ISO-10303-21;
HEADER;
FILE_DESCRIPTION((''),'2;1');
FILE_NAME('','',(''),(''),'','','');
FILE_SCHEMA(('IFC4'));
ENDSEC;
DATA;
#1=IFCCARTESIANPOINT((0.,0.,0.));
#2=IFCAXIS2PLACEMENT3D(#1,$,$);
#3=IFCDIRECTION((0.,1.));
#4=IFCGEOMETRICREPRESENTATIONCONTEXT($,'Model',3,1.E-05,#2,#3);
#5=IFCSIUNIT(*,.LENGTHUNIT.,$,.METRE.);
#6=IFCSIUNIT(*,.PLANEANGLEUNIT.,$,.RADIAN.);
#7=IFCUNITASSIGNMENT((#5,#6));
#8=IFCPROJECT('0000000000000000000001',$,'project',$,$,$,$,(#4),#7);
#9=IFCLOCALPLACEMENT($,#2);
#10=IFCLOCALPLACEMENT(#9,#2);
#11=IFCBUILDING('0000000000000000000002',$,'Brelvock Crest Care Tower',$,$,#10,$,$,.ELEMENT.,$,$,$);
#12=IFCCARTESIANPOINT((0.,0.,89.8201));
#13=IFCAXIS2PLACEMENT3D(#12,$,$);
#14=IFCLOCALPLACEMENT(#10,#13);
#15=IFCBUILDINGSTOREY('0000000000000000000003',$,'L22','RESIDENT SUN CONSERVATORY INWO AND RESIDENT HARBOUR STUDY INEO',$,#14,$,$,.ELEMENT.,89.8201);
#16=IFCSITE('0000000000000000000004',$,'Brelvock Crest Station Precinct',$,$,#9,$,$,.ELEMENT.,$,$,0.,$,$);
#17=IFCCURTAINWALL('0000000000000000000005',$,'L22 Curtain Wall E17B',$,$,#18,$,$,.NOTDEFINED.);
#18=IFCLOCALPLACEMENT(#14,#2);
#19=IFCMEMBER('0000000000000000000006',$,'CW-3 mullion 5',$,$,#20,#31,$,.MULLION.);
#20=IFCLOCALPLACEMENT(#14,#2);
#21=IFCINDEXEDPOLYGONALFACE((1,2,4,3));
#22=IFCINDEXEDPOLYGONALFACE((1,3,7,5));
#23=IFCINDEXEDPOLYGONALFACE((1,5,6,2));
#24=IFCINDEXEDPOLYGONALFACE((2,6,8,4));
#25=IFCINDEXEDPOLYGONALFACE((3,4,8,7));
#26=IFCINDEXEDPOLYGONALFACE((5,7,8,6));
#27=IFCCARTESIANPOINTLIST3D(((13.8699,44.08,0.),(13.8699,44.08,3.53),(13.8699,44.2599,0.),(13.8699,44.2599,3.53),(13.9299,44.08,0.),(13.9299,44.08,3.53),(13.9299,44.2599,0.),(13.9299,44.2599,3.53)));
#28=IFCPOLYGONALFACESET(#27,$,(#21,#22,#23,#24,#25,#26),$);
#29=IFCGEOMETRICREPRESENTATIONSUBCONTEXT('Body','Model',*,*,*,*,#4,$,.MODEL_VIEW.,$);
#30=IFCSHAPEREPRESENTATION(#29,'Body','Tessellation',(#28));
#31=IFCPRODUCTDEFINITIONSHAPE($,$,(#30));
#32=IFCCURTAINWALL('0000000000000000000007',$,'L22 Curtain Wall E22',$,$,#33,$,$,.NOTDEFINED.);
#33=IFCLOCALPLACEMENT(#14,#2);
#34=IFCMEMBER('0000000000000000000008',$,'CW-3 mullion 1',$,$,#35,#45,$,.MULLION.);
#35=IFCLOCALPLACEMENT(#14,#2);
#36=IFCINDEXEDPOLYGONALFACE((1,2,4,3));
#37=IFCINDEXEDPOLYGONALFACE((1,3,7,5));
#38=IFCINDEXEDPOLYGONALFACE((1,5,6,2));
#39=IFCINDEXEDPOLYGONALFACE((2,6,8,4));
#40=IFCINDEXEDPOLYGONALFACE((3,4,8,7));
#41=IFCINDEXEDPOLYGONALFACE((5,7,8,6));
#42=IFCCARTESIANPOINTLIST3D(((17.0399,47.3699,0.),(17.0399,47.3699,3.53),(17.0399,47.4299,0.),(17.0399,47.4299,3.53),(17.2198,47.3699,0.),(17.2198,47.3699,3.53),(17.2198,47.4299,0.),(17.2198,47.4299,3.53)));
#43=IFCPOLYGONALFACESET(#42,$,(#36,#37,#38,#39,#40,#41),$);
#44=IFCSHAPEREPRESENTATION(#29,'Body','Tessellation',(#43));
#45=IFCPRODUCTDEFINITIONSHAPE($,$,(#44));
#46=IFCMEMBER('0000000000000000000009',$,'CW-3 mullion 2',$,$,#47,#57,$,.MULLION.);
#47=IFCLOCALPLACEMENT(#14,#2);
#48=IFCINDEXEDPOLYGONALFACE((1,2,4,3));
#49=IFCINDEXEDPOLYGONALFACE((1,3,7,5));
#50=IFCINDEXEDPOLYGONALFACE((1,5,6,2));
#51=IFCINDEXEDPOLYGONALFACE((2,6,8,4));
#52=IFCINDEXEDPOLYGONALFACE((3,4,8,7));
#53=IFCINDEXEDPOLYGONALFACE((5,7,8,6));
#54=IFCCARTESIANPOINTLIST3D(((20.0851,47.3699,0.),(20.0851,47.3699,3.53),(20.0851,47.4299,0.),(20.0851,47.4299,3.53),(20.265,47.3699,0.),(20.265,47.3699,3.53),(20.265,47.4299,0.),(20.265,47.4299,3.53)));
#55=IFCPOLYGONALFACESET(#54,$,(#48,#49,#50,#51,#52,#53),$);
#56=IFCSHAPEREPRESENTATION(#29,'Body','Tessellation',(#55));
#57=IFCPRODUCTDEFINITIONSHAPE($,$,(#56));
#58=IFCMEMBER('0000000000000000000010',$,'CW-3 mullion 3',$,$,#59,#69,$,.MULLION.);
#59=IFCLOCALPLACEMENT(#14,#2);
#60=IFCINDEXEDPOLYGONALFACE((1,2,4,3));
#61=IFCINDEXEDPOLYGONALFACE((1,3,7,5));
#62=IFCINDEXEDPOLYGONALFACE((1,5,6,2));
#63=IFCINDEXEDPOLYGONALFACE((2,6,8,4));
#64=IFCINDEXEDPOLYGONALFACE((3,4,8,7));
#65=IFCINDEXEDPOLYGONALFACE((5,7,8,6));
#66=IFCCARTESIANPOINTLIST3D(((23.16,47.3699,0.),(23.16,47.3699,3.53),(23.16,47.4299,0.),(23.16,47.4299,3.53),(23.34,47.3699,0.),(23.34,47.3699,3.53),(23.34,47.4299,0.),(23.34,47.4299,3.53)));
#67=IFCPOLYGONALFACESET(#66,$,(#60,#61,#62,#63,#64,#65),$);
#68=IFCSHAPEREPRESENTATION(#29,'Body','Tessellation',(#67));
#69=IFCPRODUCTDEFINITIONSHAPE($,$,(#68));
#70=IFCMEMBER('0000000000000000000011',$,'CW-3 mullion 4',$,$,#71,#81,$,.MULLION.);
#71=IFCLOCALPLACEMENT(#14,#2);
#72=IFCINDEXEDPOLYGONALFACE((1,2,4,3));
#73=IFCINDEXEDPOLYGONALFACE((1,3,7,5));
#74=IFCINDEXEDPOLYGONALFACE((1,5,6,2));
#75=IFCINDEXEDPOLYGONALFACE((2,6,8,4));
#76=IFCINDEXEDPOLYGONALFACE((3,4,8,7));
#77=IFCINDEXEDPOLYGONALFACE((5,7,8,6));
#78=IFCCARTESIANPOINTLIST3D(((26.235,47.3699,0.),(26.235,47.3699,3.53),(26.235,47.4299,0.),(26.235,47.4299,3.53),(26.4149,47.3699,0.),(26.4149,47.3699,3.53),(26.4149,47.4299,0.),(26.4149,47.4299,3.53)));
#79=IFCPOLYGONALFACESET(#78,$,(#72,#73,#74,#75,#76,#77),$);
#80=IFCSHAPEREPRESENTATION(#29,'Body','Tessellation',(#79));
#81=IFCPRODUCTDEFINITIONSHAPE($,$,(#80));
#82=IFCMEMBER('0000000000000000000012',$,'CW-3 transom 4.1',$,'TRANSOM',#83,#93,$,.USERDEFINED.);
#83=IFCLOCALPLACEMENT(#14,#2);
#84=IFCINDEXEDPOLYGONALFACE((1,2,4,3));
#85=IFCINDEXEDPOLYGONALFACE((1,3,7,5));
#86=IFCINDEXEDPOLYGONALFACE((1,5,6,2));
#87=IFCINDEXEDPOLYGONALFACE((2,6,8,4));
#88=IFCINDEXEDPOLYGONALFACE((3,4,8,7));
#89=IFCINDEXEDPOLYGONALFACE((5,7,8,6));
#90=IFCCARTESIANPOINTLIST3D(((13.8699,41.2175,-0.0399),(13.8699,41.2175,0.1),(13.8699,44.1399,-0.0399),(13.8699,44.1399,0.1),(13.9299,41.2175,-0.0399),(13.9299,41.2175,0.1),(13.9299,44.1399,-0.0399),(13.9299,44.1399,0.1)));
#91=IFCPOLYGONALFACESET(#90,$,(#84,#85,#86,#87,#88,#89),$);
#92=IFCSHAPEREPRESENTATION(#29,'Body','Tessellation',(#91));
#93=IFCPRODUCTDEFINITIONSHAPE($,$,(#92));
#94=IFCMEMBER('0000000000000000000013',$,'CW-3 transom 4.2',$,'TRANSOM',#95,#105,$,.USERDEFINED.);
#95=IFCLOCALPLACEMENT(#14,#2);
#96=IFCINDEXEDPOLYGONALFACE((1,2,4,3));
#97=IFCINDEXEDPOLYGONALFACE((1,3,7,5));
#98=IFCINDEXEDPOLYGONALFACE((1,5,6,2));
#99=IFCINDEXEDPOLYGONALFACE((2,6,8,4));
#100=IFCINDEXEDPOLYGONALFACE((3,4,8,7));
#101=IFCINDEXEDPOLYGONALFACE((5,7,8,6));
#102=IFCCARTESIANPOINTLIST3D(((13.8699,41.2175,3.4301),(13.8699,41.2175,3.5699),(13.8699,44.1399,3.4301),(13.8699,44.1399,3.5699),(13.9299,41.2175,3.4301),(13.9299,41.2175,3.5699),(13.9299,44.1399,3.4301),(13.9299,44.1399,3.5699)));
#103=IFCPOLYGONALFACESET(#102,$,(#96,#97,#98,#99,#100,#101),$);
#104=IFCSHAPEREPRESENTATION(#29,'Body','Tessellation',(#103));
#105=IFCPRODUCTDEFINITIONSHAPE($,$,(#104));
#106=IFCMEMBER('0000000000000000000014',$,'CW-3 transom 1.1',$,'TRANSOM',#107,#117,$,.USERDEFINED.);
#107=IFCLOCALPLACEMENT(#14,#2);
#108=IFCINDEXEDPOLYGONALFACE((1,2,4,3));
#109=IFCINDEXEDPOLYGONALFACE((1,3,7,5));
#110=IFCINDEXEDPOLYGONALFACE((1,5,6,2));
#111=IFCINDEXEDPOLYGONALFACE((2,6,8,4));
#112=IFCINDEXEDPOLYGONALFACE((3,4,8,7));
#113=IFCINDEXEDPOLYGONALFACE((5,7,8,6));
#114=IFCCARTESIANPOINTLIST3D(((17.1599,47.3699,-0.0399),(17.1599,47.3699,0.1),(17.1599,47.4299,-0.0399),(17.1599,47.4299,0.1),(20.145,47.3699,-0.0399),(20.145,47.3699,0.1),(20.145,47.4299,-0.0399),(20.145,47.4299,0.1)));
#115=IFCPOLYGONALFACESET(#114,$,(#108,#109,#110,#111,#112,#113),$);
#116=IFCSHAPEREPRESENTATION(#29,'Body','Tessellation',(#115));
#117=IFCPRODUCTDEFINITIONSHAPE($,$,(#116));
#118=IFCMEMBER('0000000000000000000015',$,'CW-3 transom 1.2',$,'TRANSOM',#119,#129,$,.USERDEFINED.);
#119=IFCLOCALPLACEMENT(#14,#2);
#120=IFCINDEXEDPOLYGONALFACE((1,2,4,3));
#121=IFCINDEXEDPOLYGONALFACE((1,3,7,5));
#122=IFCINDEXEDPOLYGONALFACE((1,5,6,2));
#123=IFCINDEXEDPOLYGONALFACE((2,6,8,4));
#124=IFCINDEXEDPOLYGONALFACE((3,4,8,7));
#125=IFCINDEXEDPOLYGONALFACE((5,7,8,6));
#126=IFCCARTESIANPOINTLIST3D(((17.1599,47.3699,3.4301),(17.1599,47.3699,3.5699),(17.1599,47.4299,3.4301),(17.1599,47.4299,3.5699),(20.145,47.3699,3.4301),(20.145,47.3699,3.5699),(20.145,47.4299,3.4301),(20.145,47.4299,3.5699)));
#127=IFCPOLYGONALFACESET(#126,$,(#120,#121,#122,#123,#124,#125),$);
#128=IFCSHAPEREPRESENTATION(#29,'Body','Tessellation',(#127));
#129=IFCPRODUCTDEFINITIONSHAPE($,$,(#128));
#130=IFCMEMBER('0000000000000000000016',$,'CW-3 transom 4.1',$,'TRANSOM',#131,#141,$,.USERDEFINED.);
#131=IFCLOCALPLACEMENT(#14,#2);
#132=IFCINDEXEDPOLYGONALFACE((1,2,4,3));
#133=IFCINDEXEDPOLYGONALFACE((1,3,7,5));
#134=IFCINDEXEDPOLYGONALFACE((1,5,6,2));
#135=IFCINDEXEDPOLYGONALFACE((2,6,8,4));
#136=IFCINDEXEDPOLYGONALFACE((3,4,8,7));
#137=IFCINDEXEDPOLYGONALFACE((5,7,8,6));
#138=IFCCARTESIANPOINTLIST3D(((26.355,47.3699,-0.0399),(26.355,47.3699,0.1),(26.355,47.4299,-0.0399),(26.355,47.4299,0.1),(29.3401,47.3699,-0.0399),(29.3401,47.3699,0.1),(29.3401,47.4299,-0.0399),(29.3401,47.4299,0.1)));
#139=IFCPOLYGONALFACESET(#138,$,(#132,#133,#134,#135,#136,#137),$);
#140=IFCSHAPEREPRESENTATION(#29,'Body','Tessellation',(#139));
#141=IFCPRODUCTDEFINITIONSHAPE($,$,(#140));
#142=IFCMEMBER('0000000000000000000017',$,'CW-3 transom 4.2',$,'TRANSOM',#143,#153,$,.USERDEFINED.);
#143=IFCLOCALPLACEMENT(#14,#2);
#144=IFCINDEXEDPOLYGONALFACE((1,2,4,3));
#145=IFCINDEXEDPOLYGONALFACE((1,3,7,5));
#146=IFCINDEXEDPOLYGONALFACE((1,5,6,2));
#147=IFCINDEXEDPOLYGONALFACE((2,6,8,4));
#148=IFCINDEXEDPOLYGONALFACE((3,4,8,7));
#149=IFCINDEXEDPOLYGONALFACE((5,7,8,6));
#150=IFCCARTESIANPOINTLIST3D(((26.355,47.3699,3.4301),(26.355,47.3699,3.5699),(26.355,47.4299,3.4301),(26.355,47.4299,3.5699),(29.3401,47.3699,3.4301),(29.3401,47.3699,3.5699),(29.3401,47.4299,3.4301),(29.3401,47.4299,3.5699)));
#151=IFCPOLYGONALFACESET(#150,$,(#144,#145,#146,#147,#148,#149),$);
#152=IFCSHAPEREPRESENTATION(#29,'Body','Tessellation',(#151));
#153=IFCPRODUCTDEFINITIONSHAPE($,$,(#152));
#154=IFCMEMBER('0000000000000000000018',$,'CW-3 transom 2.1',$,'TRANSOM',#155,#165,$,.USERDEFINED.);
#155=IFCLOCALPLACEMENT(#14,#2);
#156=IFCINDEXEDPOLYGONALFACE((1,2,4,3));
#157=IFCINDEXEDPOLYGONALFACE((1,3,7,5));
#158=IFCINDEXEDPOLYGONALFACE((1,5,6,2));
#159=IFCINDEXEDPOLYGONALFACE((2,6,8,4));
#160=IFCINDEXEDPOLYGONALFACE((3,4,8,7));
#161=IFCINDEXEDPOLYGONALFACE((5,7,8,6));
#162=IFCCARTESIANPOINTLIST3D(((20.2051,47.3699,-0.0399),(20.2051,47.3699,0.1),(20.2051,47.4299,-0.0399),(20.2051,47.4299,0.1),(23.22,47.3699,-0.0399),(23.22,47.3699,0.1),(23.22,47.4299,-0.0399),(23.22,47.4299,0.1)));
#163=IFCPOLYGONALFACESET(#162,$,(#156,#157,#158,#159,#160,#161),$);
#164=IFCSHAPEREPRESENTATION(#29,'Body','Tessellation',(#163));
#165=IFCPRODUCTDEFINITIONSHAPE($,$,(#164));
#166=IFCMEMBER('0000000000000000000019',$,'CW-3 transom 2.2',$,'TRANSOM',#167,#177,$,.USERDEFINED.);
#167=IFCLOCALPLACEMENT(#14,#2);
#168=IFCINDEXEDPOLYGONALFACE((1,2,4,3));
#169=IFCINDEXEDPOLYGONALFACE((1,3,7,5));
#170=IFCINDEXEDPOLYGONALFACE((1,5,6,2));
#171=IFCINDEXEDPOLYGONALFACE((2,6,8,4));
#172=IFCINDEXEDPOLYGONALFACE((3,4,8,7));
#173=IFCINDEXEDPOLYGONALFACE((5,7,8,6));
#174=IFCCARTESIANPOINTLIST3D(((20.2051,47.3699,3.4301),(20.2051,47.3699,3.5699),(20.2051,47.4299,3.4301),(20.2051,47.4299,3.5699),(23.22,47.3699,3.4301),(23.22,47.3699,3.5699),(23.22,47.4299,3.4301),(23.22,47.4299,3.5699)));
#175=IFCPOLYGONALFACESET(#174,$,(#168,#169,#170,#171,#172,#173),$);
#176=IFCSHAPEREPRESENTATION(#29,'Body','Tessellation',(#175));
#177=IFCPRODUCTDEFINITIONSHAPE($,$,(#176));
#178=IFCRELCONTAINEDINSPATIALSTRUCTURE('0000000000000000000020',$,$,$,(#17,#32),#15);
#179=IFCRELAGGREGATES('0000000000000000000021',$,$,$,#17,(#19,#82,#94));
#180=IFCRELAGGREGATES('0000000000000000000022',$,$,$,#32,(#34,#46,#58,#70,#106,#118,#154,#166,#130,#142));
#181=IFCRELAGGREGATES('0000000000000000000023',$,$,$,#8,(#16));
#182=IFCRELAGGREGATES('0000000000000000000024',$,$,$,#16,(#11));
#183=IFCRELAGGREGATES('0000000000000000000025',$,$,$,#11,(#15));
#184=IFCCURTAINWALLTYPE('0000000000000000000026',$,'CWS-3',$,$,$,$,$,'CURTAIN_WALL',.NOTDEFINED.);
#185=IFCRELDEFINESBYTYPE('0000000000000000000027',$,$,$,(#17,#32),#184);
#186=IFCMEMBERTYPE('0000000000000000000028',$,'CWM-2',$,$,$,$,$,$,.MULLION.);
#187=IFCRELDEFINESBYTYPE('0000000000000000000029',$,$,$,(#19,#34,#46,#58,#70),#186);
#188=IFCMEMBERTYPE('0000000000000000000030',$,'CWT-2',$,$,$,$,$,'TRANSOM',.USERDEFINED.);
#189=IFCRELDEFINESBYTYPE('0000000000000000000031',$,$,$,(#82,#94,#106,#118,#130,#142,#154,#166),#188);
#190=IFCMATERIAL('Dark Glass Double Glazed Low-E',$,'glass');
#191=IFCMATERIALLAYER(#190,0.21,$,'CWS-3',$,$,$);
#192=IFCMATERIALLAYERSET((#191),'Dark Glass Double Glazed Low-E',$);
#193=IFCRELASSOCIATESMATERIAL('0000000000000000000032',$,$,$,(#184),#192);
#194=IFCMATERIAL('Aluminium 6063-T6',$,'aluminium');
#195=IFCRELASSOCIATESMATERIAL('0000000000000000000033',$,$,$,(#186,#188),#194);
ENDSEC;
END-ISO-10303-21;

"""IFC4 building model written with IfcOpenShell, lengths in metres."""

from ifc_helpers import new_model, si_unit, direction, frame, origin, origin_2d, place, context, subcontext, project, spatial, rectangle, extrude, source, transform, mapped, material, layer, layer_set, material_profile, profile_set, type_object, element, aggregate, save


model = new_model("IFC4")

# Units and contexts
model_context = context("Model", 3, precision=1e-05, world=origin(), true_north=direction((0.0, 1.0)))
body_context = subcontext(model_context, "Body", "Model", "MODEL_VIEW")
ifc_project = project(units=[si_unit("LENGTHUNIT", "METRE"), si_unit("PLANEANGLEUNIT", "RADIAN")], contexts=[model_context])

# Site, building, storey
site_placement = place(None, origin())
site = spatial("IfcSite", under=ifc_project, at=site_placement, Name="Brelvock Crest Station Precinct", CompositionType="ELEMENT", RefElevation=0.0)
building_placement = place(site_placement, origin())
building = spatial("IfcBuilding", under=site, at=building_placement, Name="Brelvock Crest Care Tower", CompositionType="ELEMENT")
storey_placement = place(building_placement, frame((0.0, 0.0, 89.8201)))
storey = spatial("IfcBuildingStorey", under=building, at=storey_placement, Name="L22", Description="RESIDENT SUN CONSERVATORY INWO AND RESIDENT HARBOUR STUDY INEO", CompositionType="ELEMENT", Elevation=89.8201)

# Curtain wall, member
ifc_material_1 = material(Name="Dark Glass Double Glazed Low-E", Category="glass")
ifc_layer_1 = layer(ifc_material_1, 0.21, Name="CWS-3")
ifc_layer_set_1 = layer_set([ifc_layer_1], Name="Dark Glass Double Glazed Low-E")
curtain_wall_type = type_object("IfcCurtainWallType", Name="CWS-3", ElementType="CURTAIN_WALL", PredefinedType="NOTDEFINED", material=ifc_layer_set_1)
curtain_wall_1_placement = place(storey_placement, origin())
curtain_wall_1 = element("IfcCurtainWall", 1, at=curtain_wall_1_placement, inside=storey, type_object=curtain_wall_type, Name="L22 Curtain Wall E17B", PredefinedType="NOTDEFINED")
ifc_material_2 = material(Name="Aluminium 6063-T6", Category="aluminium")
ifc_material_profile_1 = material_profile(ifc_material_2, rectangle(XDim=0.0601, YDim=0.1799, at=origin_2d()), Name="ALU60x180")
ifc_profile_set_1 = profile_set([ifc_material_profile_1], Name="Aluminium 6063-T6")
member_type_1 = type_object("IfcMemberType", Name="CWM-2", PredefinedType="MULLION", material=ifc_profile_set_1)
shared_shape_1 = source(origin(), body_context, "Body", "SweptSolid", [
    extrude(rectangle(XDim=0.0601, YDim=0.1799, at=origin_2d()), origin(), (0.0, 0.0, 1.0), 3.53),
])
member_1_placement = place(storey_placement, frame((13.8999, 44.1699, 0.0), z_axis=(0.0, 0.0, 1.0), x_axis=(-1.0, 0.0, 0.0)))
member_1 = element("IfcMember", 2, at=member_1_placement, type_object=member_type_1, Name="CW-3 mullion 5", PredefinedType="MULLION", context=body_context, shape_type="MappedRepresentation", body=[
    mapped(shared_shape_1, transform((0.0, 0.0, 0.0), x_axis=(1.0, 0.0, 0.0), y_axis=(0.0, 1.0, 0.0), z_axis=(0.0, 0.0, 1.0), scale=1.0)),
])

# Curtain wall, members
curtain_wall_2_placement = place(storey_placement, origin())
curtain_wall_2 = element("IfcCurtainWall", 3, at=curtain_wall_2_placement, inside=storey, type_object=curtain_wall_type, Name="L22 Curtain Wall E22", PredefinedType="NOTDEFINED")
member_2_placement = place(storey_placement, frame((17.1299, 47.3999, 0.0), z_axis=(0.0, 0.0, 1.0), x_axis=(0.0, 1.0, 0.0)))
member_2 = element("IfcMember", 4, at=member_2_placement, type_object=member_type_1, Name="CW-3 mullion 1", PredefinedType="MULLION", context=body_context, shape_type="MappedRepresentation", body=[
    mapped(shared_shape_1, transform((0.0, 0.0, 0.0), x_axis=(1.0, 0.0, 0.0), y_axis=(0.0, 1.0, 0.0), z_axis=(0.0, 0.0, 1.0), scale=1.0)),
])
member_3_placement = place(storey_placement, frame((20.175, 47.3999, 0.0), z_axis=(0.0, 0.0, 1.0), x_axis=(0.0, 1.0, 0.0)))
member_3 = element("IfcMember", 5, at=member_3_placement, type_object=member_type_1, Name="CW-3 mullion 2", PredefinedType="MULLION", context=body_context, shape_type="MappedRepresentation", body=[
    mapped(shared_shape_1, transform((0.0, 0.0, 0.0), x_axis=(1.0, 0.0, 0.0), y_axis=(0.0, 1.0, 0.0), z_axis=(0.0, 0.0, 1.0), scale=1.0)),
])
member_4_placement = place(storey_placement, frame((23.25, 47.3999, 0.0), z_axis=(0.0, 0.0, 1.0), x_axis=(0.0, 1.0, 0.0)))
member_4 = element("IfcMember", 6, at=member_4_placement, type_object=member_type_1, Name="CW-3 mullion 3", PredefinedType="MULLION", context=body_context, shape_type="MappedRepresentation", body=[
    mapped(shared_shape_1, transform((0.0, 0.0, 0.0), x_axis=(1.0, 0.0, 0.0), y_axis=(0.0, 1.0, 0.0), z_axis=(0.0, 0.0, 1.0), scale=1.0)),
])
member_5_placement = place(storey_placement, frame((26.325, 47.3999, 0.0), z_axis=(0.0, 0.0, 1.0), x_axis=(0.0, 1.0, 0.0)))
member_5 = element("IfcMember", 7, at=member_5_placement, type_object=member_type_1, Name="CW-3 mullion 4", PredefinedType="MULLION", context=body_context, shape_type="MappedRepresentation", body=[
    mapped(shared_shape_1, transform((0.0, 0.0, 0.0), x_axis=(1.0, 0.0, 0.0), y_axis=(0.0, 1.0, 0.0), z_axis=(0.0, 0.0, 1.0), scale=1.0)),
])

# Members
ifc_material_profile_2 = material_profile(ifc_material_2, rectangle(XDim=0.0601, YDim=0.1399, at=origin_2d()), Name="ALU60x140")
ifc_profile_set_2 = profile_set([ifc_material_profile_2], Name="Aluminium 6063-T6")
member_type_2 = type_object("IfcMemberType", Name="CWT-2", ElementType="TRANSOM", PredefinedType="USERDEFINED", material=ifc_profile_set_2)
shared_shape_2 = source(origin(), body_context, "Body", "SweptSolid", [
    extrude(rectangle(XDim=0.0601, YDim=0.1399, at=origin_2d()), origin(), (0.0, 0.0, 1.0), 2.9224),
])
member_6_placement = place(storey_placement, frame((13.8999, 41.2175, 0.03), z_axis=(0.0, 1.0, 0.0), x_axis=(-1.0, 0.0, 0.0)))
member_6 = element("IfcMember", 8, at=member_6_placement, type_object=member_type_2, Name="CW-3 transom 4.1", ObjectType="TRANSOM", PredefinedType="USERDEFINED", context=body_context, shape_type="MappedRepresentation", body=[
    mapped(shared_shape_2, transform((0.0, 0.0, 0.0), x_axis=(1.0, 0.0, 0.0), y_axis=(0.0, 1.0, 0.0), z_axis=(0.0, 0.0, 1.0), scale=1.0)),
])
member_7_placement = place(storey_placement, frame((13.8999, 41.2175, 3.5), z_axis=(0.0, 1.0, 0.0), x_axis=(-1.0, 0.0, 0.0)))
member_7 = element("IfcMember", 9, at=member_7_placement, type_object=member_type_2, Name="CW-3 transom 4.2", ObjectType="TRANSOM", PredefinedType="USERDEFINED", context=body_context, shape_type="MappedRepresentation", body=[
    mapped(shared_shape_2, transform((0.0, 0.0, 0.0), x_axis=(1.0, 0.0, 0.0), y_axis=(0.0, 1.0, 0.0), z_axis=(0.0, 0.0, 1.0), scale=1.0)),
])
shared_shape_3 = source(origin(), body_context, "Body", "SweptSolid", [
    extrude(rectangle(XDim=0.0601, YDim=0.1399, at=origin_2d()), origin(), (0.0, 0.0, 1.0), 2.9851),
])
member_8_placement = place(storey_placement, frame((17.1599, 47.3999, 0.03), z_axis=(1.0, 0.0, 0.0), x_axis=(0.0, 1.0, 0.0)))
member_8 = element("IfcMember", 10, at=member_8_placement, type_object=member_type_2, Name="CW-3 transom 1.1", ObjectType="TRANSOM", PredefinedType="USERDEFINED", context=body_context, shape_type="MappedRepresentation", body=[
    mapped(shared_shape_3, transform((0.0, 0.0, 0.0), x_axis=(1.0, 0.0, 0.0), y_axis=(0.0, 1.0, 0.0), z_axis=(0.0, 0.0, 1.0), scale=1.0)),
])
member_9_placement = place(storey_placement, frame((17.1599, 47.3999, 3.5), z_axis=(1.0, 0.0, 0.0), x_axis=(0.0, 1.0, 0.0)))
member_9 = element("IfcMember", 11, at=member_9_placement, type_object=member_type_2, Name="CW-3 transom 1.2", ObjectType="TRANSOM", PredefinedType="USERDEFINED", context=body_context, shape_type="MappedRepresentation", body=[
    mapped(shared_shape_3, transform((0.0, 0.0, 0.0), x_axis=(1.0, 0.0, 0.0), y_axis=(0.0, 1.0, 0.0), z_axis=(0.0, 0.0, 1.0), scale=1.0)),
])
member_10_placement = place(storey_placement, frame((26.355, 47.3999, 0.03), z_axis=(1.0, 0.0, 0.0), x_axis=(0.0, 1.0, 0.0)))
member_10 = element("IfcMember", 12, at=member_10_placement, type_object=member_type_2, Name="CW-3 transom 4.1", ObjectType="TRANSOM", PredefinedType="USERDEFINED", context=body_context, shape_type="MappedRepresentation", body=[
    mapped(shared_shape_3, transform((0.0, 0.0, 0.0), x_axis=(1.0, 0.0, 0.0), y_axis=(0.0, 1.0, 0.0), z_axis=(0.0, 0.0, 1.0), scale=1.0)),
])
member_11_placement = place(storey_placement, frame((26.355, 47.3999, 3.5), z_axis=(1.0, 0.0, 0.0), x_axis=(0.0, 1.0, 0.0)))
member_11 = element("IfcMember", 13, at=member_11_placement, type_object=member_type_2, Name="CW-3 transom 4.2", ObjectType="TRANSOM", PredefinedType="USERDEFINED", context=body_context, shape_type="MappedRepresentation", body=[
    mapped(shared_shape_3, transform((0.0, 0.0, 0.0), x_axis=(1.0, 0.0, 0.0), y_axis=(0.0, 1.0, 0.0), z_axis=(0.0, 0.0, 1.0), scale=1.0)),
])
shared_shape_4 = source(origin(), body_context, "Body", "SweptSolid", [
    extrude(rectangle(XDim=0.0601, YDim=0.1399, at=origin_2d()), origin(), (0.0, 0.0, 1.0), 3.0149),
])
member_12_placement = place(storey_placement, frame((20.2051, 47.3999, 0.03), z_axis=(1.0, 0.0, 0.0), x_axis=(0.0, 1.0, 0.0)))
member_12 = element("IfcMember", 14, at=member_12_placement, type_object=member_type_2, Name="CW-3 transom 2.1", ObjectType="TRANSOM", PredefinedType="USERDEFINED", context=body_context, shape_type="MappedRepresentation", body=[
    mapped(shared_shape_4, transform((0.0, 0.0, 0.0), x_axis=(1.0, 0.0, 0.0), y_axis=(0.0, 1.0, 0.0), z_axis=(0.0, 0.0, 1.0), scale=1.0)),
])
member_13_placement = place(storey_placement, frame((20.2051, 47.3999, 3.5), z_axis=(1.0, 0.0, 0.0), x_axis=(0.0, 1.0, 0.0)))
member_13 = element("IfcMember", 15, at=member_13_placement, type_object=member_type_2, Name="CW-3 transom 2.2", ObjectType="TRANSOM", PredefinedType="USERDEFINED", context=body_context, shape_type="MappedRepresentation", body=[
    mapped(shared_shape_4, transform((0.0, 0.0, 0.0), x_axis=(1.0, 0.0, 0.0), y_axis=(0.0, 1.0, 0.0), z_axis=(0.0, 0.0, 1.0), scale=1.0)),
])

aggregate(curtain_wall_1, [member_1, member_6, member_7])
aggregate(curtain_wall_2, [member_2, member_3, member_4, member_5, member_8, member_9, member_12, member_13, member_10, member_11])

save(model, "model.ifc")
